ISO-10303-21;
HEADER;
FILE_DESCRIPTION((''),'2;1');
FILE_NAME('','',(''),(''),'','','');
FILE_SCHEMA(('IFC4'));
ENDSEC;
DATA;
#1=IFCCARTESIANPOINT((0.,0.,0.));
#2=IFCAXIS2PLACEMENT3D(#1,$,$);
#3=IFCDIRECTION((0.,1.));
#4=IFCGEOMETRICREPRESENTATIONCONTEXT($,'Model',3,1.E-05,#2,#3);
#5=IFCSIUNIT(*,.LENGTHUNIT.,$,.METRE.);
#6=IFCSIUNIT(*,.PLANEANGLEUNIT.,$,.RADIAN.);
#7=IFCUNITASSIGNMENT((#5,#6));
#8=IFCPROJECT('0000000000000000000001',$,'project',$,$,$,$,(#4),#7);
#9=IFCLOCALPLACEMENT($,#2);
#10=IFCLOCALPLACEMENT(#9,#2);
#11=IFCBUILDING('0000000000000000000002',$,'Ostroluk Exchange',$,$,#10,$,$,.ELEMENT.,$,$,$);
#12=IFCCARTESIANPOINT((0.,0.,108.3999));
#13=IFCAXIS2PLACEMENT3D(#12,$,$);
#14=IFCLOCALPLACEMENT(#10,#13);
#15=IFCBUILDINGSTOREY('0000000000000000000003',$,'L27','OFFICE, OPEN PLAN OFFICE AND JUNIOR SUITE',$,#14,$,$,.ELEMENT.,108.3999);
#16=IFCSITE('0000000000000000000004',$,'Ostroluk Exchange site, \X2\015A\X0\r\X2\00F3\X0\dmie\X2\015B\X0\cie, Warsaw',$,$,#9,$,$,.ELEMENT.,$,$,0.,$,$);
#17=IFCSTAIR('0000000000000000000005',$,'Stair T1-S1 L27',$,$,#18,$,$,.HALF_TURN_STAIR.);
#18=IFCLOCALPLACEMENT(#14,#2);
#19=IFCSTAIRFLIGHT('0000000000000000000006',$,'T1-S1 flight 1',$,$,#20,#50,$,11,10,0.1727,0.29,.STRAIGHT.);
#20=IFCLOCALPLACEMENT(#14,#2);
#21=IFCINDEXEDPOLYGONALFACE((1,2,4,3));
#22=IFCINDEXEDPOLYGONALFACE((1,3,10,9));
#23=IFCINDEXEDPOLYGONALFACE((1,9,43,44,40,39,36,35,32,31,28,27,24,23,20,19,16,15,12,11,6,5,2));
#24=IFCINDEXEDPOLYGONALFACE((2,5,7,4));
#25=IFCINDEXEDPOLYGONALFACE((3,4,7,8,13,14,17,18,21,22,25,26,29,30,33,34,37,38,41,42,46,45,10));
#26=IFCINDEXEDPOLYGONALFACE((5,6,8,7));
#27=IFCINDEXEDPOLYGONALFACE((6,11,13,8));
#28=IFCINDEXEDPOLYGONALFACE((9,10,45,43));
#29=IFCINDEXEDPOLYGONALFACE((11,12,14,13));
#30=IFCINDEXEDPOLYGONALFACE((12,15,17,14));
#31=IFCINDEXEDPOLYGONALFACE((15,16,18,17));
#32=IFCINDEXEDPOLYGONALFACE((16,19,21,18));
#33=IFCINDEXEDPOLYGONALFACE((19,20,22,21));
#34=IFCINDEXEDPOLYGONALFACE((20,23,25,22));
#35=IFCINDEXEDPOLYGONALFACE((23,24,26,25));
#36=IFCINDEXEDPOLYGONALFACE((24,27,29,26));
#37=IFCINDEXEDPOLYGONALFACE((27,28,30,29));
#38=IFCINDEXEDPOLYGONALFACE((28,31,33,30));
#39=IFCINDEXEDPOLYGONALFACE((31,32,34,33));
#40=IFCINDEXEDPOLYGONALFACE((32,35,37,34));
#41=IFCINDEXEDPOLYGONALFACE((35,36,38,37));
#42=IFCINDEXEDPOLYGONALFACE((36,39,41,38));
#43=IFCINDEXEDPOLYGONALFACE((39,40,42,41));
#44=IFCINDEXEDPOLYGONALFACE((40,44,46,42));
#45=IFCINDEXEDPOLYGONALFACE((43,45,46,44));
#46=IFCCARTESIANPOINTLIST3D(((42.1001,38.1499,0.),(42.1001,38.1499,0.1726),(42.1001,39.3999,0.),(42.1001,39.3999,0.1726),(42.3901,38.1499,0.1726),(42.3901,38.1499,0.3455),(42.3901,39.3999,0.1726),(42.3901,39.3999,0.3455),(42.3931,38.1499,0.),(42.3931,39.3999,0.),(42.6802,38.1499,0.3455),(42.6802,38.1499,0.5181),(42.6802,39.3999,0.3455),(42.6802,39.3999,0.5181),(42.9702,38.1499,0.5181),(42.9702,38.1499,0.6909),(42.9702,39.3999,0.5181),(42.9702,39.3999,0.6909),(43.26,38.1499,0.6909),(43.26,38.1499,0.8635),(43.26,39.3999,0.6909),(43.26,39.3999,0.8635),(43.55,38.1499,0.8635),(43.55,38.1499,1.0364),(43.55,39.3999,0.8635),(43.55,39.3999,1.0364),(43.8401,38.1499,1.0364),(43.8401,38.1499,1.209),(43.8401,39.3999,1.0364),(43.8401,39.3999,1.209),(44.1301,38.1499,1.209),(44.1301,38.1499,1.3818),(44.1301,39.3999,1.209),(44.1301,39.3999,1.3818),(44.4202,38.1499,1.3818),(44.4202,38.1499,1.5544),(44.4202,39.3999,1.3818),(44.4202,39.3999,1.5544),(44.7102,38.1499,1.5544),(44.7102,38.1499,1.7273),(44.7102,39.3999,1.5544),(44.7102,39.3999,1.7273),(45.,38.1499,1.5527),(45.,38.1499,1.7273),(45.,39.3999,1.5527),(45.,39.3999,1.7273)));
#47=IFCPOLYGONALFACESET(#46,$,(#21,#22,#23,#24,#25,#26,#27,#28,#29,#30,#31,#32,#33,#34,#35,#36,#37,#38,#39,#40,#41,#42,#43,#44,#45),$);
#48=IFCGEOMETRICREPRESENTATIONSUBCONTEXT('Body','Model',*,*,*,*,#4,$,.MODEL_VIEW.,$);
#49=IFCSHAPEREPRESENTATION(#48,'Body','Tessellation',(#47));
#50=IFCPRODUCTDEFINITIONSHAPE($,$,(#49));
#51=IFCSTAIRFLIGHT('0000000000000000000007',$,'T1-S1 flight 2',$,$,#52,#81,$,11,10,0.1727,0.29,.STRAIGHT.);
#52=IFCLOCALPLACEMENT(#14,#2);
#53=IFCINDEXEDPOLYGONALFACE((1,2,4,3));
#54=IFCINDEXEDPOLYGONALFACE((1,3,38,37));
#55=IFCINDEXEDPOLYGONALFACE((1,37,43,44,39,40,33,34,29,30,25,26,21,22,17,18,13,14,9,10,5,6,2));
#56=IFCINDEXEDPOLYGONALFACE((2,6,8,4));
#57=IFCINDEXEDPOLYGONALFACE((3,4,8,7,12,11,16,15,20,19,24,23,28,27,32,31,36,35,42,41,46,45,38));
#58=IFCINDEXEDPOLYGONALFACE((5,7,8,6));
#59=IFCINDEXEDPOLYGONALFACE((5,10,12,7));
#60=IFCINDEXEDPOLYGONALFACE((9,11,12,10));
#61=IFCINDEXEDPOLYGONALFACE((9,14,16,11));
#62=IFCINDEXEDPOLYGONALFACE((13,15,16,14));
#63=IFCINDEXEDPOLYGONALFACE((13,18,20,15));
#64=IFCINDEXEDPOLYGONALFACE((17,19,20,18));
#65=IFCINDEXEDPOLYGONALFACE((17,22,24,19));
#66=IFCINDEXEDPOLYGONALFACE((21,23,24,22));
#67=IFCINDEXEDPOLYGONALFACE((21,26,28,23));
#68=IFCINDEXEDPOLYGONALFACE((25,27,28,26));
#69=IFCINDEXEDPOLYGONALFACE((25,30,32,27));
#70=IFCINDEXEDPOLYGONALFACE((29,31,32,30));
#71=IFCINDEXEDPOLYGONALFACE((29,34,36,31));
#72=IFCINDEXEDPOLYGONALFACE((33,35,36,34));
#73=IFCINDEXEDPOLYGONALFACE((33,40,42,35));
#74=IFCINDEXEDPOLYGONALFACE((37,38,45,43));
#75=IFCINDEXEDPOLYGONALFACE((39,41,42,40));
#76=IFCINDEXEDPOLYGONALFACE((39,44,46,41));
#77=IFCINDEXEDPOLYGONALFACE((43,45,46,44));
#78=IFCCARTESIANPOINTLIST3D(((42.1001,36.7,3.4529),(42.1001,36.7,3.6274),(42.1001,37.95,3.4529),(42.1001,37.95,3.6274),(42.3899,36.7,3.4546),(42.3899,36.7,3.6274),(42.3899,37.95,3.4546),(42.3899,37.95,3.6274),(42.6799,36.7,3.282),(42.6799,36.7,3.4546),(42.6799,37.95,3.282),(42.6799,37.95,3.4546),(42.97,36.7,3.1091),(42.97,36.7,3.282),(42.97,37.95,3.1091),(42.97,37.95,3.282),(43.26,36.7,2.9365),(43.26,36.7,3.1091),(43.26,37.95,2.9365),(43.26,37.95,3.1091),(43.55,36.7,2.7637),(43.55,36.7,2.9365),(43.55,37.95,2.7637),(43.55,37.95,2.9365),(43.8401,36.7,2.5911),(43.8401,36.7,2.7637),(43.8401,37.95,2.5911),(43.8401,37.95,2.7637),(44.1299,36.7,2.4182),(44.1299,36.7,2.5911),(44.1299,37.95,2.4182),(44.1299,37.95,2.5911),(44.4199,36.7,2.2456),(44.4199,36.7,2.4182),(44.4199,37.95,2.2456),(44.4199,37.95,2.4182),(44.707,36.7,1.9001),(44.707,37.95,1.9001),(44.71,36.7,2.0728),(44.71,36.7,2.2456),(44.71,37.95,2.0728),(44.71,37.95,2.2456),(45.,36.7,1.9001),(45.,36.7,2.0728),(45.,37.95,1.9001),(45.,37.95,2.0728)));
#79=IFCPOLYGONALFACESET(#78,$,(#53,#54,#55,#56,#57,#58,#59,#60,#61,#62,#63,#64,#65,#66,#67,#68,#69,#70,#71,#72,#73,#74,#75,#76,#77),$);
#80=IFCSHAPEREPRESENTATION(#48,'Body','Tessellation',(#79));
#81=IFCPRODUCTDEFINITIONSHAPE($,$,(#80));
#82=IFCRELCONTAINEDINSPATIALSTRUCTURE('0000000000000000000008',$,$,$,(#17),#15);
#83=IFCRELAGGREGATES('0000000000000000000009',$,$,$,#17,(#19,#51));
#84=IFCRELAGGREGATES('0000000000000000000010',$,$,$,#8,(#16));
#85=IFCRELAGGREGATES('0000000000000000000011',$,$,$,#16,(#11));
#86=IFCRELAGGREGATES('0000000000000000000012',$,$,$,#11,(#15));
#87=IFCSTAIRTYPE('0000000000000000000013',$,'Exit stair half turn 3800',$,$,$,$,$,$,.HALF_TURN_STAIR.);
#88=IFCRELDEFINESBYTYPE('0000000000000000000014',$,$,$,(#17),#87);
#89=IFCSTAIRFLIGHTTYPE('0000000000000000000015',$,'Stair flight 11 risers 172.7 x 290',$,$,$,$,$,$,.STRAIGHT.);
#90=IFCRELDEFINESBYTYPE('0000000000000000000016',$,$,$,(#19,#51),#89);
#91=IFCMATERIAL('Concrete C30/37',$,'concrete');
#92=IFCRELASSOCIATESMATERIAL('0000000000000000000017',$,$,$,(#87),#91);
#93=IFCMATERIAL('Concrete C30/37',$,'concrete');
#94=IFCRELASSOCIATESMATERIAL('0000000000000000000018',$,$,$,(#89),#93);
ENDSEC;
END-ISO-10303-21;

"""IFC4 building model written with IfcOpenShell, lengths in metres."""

from ifc_helpers import new_model, si_unit, direction, frame, origin, place, context, subcontext, project, spatial, polyline, outline, extrude, material, type_object, element, aggregate, save


model = new_model("IFC4")

# Units and contexts
model_context = context("Model", 3, precision=1e-05, world=origin(), true_north=direction((0.0, 1.0)))
body_context = subcontext(model_context, "Body", "Model", "MODEL_VIEW")
ifc_project = project(units=[si_unit("LENGTHUNIT", "METRE"), si_unit("PLANEANGLEUNIT", "RADIAN")], contexts=[model_context])

# Site, building, storey
site_placement = place(None, origin())
site = spatial("IfcSite", under=ifc_project, at=site_placement, Name="Ostroluk Exchange site, Śródmieście, Warsaw", CompositionType="ELEMENT", RefElevation=0.0)
building_placement = place(site_placement, origin())
building = spatial("IfcBuilding", under=site, at=building_placement, Name="Ostroluk Exchange", CompositionType="ELEMENT")
storey_placement = place(building_placement, frame((0.0, 0.0, 108.3999)))
storey = spatial("IfcBuildingStorey", under=building, at=storey_placement, Name="L27", Description="OFFICE, OPEN PLAN OFFICE AND JUNIOR SUITE", CompositionType="ELEMENT", Elevation=108.3999)

# Stair, stair flights
ifc_material_1 = material(Name="Concrete C30/37", Category="concrete")
stair_type = type_object("IfcStairType", Name="Exit stair half turn 3800", PredefinedType="HALF_TURN_STAIR", material=ifc_material_1)
stair_placement = place(storey_placement, origin())
stair = element("IfcStair", 1, at=stair_placement, inside=storey, type_object=stair_type, Name="Stair T1-S1 L27", PredefinedType="HALF_TURN_STAIR")
ifc_material_2 = material(Name="Concrete C30/37", Category="concrete")
stair_flight_type = type_object("IfcStairFlightType", Name="Stair flight 11 risers 172.7 x 290", PredefinedType="STRAIGHT", material=ifc_material_2)
stair_flight_1_placement = place(storey_placement, frame((42.1001, 38.7749, 0.0), z_axis=(0.0, 0.0, 1.0), x_axis=(1.0, 0.0, 0.0)))
stair_flight_1 = element("IfcStairFlight", 2, at=stair_flight_1_placement, type_object=stair_flight_type, Name="T1-S1 flight 1", NumberOfRisers=11, NumberOfTreads=10, PredefinedType="STRAIGHT", RiserHeight=0.1727, TreadLength=0.29, context=body_context, shape_type="SweptSolid", body=[
    extrude(outline(polyline([(0.0, 0.0), (0.0, 0.1726), (0.29, 0.1726), (0.29, 0.3455), (0.5801, 0.3455), (0.5801, 0.5181), (0.8701, 0.5181), (0.8701, 0.6909), (1.1599, 0.6909), (1.1599, 0.8635), (1.45, 0.8635), (1.45, 1.0364), (1.74, 1.0364), (1.74, 1.209), (2.03, 1.209), (2.03, 1.3818), (2.3201, 1.3818), (2.3201, 1.5544), (2.6101, 1.5544), (2.6101, 1.7273), (2.8999, 1.7273), (2.8999, 1.8999), (2.8999, 1.5527), (0.293, 0.0), (0.0, 0.0)])), frame((0.0, 0.625, 0.0), z_axis=(0.0, -1.0, 0.0), x_axis=(1.0, 0.0, 0.0)), (0.0, 0.0, 1.0), 1.25),
])
stair_flight_2_placement = place(storey_placement, frame((45.0, 37.325, 1.9001), z_axis=(0.0, 0.0, 1.0), x_axis=(-1.0, 0.0, 0.0)))
stair_flight_2 = element("IfcStairFlight", 3, at=stair_flight_2_placement, type_object=stair_flight_type, Name="T1-S1 flight 2", NumberOfRisers=11, NumberOfTreads=10, PredefinedType="STRAIGHT", RiserHeight=0.1727, TreadLength=0.29, context=body_context, shape_type="SweptSolid", body=[
    extrude(outline(polyline([(0.0, 0.0), (0.0, 0.1726), (0.29, 0.1726), (0.29, 0.3455), (0.5801, 0.3455), (0.5801, 0.5181), (0.8701, 0.5181), (0.8701, 0.6909), (1.1599, 0.6909), (1.1599, 0.8635), (1.45, 0.8635), (1.45, 1.0364), (1.74, 1.0364), (1.74, 1.209), (2.03, 1.209), (2.03, 1.3818), (2.3201, 1.3818), (2.3201, 1.5544), (2.6101, 1.5544), (2.6101, 1.7273), (2.8999, 1.7273), (2.8999, 1.8999), (2.8999, 1.5527), (0.293, 0.0), (0.0, 0.0)])), frame((0.0, 0.625, 0.0), z_axis=(0.0, -1.0, 0.0), x_axis=(1.0, 0.0, 0.0)), (0.0, 0.0, 1.0), 1.25),
])
aggregate(stair, [stair_flight_1, stair_flight_2])

save(model, "model.ifc")
